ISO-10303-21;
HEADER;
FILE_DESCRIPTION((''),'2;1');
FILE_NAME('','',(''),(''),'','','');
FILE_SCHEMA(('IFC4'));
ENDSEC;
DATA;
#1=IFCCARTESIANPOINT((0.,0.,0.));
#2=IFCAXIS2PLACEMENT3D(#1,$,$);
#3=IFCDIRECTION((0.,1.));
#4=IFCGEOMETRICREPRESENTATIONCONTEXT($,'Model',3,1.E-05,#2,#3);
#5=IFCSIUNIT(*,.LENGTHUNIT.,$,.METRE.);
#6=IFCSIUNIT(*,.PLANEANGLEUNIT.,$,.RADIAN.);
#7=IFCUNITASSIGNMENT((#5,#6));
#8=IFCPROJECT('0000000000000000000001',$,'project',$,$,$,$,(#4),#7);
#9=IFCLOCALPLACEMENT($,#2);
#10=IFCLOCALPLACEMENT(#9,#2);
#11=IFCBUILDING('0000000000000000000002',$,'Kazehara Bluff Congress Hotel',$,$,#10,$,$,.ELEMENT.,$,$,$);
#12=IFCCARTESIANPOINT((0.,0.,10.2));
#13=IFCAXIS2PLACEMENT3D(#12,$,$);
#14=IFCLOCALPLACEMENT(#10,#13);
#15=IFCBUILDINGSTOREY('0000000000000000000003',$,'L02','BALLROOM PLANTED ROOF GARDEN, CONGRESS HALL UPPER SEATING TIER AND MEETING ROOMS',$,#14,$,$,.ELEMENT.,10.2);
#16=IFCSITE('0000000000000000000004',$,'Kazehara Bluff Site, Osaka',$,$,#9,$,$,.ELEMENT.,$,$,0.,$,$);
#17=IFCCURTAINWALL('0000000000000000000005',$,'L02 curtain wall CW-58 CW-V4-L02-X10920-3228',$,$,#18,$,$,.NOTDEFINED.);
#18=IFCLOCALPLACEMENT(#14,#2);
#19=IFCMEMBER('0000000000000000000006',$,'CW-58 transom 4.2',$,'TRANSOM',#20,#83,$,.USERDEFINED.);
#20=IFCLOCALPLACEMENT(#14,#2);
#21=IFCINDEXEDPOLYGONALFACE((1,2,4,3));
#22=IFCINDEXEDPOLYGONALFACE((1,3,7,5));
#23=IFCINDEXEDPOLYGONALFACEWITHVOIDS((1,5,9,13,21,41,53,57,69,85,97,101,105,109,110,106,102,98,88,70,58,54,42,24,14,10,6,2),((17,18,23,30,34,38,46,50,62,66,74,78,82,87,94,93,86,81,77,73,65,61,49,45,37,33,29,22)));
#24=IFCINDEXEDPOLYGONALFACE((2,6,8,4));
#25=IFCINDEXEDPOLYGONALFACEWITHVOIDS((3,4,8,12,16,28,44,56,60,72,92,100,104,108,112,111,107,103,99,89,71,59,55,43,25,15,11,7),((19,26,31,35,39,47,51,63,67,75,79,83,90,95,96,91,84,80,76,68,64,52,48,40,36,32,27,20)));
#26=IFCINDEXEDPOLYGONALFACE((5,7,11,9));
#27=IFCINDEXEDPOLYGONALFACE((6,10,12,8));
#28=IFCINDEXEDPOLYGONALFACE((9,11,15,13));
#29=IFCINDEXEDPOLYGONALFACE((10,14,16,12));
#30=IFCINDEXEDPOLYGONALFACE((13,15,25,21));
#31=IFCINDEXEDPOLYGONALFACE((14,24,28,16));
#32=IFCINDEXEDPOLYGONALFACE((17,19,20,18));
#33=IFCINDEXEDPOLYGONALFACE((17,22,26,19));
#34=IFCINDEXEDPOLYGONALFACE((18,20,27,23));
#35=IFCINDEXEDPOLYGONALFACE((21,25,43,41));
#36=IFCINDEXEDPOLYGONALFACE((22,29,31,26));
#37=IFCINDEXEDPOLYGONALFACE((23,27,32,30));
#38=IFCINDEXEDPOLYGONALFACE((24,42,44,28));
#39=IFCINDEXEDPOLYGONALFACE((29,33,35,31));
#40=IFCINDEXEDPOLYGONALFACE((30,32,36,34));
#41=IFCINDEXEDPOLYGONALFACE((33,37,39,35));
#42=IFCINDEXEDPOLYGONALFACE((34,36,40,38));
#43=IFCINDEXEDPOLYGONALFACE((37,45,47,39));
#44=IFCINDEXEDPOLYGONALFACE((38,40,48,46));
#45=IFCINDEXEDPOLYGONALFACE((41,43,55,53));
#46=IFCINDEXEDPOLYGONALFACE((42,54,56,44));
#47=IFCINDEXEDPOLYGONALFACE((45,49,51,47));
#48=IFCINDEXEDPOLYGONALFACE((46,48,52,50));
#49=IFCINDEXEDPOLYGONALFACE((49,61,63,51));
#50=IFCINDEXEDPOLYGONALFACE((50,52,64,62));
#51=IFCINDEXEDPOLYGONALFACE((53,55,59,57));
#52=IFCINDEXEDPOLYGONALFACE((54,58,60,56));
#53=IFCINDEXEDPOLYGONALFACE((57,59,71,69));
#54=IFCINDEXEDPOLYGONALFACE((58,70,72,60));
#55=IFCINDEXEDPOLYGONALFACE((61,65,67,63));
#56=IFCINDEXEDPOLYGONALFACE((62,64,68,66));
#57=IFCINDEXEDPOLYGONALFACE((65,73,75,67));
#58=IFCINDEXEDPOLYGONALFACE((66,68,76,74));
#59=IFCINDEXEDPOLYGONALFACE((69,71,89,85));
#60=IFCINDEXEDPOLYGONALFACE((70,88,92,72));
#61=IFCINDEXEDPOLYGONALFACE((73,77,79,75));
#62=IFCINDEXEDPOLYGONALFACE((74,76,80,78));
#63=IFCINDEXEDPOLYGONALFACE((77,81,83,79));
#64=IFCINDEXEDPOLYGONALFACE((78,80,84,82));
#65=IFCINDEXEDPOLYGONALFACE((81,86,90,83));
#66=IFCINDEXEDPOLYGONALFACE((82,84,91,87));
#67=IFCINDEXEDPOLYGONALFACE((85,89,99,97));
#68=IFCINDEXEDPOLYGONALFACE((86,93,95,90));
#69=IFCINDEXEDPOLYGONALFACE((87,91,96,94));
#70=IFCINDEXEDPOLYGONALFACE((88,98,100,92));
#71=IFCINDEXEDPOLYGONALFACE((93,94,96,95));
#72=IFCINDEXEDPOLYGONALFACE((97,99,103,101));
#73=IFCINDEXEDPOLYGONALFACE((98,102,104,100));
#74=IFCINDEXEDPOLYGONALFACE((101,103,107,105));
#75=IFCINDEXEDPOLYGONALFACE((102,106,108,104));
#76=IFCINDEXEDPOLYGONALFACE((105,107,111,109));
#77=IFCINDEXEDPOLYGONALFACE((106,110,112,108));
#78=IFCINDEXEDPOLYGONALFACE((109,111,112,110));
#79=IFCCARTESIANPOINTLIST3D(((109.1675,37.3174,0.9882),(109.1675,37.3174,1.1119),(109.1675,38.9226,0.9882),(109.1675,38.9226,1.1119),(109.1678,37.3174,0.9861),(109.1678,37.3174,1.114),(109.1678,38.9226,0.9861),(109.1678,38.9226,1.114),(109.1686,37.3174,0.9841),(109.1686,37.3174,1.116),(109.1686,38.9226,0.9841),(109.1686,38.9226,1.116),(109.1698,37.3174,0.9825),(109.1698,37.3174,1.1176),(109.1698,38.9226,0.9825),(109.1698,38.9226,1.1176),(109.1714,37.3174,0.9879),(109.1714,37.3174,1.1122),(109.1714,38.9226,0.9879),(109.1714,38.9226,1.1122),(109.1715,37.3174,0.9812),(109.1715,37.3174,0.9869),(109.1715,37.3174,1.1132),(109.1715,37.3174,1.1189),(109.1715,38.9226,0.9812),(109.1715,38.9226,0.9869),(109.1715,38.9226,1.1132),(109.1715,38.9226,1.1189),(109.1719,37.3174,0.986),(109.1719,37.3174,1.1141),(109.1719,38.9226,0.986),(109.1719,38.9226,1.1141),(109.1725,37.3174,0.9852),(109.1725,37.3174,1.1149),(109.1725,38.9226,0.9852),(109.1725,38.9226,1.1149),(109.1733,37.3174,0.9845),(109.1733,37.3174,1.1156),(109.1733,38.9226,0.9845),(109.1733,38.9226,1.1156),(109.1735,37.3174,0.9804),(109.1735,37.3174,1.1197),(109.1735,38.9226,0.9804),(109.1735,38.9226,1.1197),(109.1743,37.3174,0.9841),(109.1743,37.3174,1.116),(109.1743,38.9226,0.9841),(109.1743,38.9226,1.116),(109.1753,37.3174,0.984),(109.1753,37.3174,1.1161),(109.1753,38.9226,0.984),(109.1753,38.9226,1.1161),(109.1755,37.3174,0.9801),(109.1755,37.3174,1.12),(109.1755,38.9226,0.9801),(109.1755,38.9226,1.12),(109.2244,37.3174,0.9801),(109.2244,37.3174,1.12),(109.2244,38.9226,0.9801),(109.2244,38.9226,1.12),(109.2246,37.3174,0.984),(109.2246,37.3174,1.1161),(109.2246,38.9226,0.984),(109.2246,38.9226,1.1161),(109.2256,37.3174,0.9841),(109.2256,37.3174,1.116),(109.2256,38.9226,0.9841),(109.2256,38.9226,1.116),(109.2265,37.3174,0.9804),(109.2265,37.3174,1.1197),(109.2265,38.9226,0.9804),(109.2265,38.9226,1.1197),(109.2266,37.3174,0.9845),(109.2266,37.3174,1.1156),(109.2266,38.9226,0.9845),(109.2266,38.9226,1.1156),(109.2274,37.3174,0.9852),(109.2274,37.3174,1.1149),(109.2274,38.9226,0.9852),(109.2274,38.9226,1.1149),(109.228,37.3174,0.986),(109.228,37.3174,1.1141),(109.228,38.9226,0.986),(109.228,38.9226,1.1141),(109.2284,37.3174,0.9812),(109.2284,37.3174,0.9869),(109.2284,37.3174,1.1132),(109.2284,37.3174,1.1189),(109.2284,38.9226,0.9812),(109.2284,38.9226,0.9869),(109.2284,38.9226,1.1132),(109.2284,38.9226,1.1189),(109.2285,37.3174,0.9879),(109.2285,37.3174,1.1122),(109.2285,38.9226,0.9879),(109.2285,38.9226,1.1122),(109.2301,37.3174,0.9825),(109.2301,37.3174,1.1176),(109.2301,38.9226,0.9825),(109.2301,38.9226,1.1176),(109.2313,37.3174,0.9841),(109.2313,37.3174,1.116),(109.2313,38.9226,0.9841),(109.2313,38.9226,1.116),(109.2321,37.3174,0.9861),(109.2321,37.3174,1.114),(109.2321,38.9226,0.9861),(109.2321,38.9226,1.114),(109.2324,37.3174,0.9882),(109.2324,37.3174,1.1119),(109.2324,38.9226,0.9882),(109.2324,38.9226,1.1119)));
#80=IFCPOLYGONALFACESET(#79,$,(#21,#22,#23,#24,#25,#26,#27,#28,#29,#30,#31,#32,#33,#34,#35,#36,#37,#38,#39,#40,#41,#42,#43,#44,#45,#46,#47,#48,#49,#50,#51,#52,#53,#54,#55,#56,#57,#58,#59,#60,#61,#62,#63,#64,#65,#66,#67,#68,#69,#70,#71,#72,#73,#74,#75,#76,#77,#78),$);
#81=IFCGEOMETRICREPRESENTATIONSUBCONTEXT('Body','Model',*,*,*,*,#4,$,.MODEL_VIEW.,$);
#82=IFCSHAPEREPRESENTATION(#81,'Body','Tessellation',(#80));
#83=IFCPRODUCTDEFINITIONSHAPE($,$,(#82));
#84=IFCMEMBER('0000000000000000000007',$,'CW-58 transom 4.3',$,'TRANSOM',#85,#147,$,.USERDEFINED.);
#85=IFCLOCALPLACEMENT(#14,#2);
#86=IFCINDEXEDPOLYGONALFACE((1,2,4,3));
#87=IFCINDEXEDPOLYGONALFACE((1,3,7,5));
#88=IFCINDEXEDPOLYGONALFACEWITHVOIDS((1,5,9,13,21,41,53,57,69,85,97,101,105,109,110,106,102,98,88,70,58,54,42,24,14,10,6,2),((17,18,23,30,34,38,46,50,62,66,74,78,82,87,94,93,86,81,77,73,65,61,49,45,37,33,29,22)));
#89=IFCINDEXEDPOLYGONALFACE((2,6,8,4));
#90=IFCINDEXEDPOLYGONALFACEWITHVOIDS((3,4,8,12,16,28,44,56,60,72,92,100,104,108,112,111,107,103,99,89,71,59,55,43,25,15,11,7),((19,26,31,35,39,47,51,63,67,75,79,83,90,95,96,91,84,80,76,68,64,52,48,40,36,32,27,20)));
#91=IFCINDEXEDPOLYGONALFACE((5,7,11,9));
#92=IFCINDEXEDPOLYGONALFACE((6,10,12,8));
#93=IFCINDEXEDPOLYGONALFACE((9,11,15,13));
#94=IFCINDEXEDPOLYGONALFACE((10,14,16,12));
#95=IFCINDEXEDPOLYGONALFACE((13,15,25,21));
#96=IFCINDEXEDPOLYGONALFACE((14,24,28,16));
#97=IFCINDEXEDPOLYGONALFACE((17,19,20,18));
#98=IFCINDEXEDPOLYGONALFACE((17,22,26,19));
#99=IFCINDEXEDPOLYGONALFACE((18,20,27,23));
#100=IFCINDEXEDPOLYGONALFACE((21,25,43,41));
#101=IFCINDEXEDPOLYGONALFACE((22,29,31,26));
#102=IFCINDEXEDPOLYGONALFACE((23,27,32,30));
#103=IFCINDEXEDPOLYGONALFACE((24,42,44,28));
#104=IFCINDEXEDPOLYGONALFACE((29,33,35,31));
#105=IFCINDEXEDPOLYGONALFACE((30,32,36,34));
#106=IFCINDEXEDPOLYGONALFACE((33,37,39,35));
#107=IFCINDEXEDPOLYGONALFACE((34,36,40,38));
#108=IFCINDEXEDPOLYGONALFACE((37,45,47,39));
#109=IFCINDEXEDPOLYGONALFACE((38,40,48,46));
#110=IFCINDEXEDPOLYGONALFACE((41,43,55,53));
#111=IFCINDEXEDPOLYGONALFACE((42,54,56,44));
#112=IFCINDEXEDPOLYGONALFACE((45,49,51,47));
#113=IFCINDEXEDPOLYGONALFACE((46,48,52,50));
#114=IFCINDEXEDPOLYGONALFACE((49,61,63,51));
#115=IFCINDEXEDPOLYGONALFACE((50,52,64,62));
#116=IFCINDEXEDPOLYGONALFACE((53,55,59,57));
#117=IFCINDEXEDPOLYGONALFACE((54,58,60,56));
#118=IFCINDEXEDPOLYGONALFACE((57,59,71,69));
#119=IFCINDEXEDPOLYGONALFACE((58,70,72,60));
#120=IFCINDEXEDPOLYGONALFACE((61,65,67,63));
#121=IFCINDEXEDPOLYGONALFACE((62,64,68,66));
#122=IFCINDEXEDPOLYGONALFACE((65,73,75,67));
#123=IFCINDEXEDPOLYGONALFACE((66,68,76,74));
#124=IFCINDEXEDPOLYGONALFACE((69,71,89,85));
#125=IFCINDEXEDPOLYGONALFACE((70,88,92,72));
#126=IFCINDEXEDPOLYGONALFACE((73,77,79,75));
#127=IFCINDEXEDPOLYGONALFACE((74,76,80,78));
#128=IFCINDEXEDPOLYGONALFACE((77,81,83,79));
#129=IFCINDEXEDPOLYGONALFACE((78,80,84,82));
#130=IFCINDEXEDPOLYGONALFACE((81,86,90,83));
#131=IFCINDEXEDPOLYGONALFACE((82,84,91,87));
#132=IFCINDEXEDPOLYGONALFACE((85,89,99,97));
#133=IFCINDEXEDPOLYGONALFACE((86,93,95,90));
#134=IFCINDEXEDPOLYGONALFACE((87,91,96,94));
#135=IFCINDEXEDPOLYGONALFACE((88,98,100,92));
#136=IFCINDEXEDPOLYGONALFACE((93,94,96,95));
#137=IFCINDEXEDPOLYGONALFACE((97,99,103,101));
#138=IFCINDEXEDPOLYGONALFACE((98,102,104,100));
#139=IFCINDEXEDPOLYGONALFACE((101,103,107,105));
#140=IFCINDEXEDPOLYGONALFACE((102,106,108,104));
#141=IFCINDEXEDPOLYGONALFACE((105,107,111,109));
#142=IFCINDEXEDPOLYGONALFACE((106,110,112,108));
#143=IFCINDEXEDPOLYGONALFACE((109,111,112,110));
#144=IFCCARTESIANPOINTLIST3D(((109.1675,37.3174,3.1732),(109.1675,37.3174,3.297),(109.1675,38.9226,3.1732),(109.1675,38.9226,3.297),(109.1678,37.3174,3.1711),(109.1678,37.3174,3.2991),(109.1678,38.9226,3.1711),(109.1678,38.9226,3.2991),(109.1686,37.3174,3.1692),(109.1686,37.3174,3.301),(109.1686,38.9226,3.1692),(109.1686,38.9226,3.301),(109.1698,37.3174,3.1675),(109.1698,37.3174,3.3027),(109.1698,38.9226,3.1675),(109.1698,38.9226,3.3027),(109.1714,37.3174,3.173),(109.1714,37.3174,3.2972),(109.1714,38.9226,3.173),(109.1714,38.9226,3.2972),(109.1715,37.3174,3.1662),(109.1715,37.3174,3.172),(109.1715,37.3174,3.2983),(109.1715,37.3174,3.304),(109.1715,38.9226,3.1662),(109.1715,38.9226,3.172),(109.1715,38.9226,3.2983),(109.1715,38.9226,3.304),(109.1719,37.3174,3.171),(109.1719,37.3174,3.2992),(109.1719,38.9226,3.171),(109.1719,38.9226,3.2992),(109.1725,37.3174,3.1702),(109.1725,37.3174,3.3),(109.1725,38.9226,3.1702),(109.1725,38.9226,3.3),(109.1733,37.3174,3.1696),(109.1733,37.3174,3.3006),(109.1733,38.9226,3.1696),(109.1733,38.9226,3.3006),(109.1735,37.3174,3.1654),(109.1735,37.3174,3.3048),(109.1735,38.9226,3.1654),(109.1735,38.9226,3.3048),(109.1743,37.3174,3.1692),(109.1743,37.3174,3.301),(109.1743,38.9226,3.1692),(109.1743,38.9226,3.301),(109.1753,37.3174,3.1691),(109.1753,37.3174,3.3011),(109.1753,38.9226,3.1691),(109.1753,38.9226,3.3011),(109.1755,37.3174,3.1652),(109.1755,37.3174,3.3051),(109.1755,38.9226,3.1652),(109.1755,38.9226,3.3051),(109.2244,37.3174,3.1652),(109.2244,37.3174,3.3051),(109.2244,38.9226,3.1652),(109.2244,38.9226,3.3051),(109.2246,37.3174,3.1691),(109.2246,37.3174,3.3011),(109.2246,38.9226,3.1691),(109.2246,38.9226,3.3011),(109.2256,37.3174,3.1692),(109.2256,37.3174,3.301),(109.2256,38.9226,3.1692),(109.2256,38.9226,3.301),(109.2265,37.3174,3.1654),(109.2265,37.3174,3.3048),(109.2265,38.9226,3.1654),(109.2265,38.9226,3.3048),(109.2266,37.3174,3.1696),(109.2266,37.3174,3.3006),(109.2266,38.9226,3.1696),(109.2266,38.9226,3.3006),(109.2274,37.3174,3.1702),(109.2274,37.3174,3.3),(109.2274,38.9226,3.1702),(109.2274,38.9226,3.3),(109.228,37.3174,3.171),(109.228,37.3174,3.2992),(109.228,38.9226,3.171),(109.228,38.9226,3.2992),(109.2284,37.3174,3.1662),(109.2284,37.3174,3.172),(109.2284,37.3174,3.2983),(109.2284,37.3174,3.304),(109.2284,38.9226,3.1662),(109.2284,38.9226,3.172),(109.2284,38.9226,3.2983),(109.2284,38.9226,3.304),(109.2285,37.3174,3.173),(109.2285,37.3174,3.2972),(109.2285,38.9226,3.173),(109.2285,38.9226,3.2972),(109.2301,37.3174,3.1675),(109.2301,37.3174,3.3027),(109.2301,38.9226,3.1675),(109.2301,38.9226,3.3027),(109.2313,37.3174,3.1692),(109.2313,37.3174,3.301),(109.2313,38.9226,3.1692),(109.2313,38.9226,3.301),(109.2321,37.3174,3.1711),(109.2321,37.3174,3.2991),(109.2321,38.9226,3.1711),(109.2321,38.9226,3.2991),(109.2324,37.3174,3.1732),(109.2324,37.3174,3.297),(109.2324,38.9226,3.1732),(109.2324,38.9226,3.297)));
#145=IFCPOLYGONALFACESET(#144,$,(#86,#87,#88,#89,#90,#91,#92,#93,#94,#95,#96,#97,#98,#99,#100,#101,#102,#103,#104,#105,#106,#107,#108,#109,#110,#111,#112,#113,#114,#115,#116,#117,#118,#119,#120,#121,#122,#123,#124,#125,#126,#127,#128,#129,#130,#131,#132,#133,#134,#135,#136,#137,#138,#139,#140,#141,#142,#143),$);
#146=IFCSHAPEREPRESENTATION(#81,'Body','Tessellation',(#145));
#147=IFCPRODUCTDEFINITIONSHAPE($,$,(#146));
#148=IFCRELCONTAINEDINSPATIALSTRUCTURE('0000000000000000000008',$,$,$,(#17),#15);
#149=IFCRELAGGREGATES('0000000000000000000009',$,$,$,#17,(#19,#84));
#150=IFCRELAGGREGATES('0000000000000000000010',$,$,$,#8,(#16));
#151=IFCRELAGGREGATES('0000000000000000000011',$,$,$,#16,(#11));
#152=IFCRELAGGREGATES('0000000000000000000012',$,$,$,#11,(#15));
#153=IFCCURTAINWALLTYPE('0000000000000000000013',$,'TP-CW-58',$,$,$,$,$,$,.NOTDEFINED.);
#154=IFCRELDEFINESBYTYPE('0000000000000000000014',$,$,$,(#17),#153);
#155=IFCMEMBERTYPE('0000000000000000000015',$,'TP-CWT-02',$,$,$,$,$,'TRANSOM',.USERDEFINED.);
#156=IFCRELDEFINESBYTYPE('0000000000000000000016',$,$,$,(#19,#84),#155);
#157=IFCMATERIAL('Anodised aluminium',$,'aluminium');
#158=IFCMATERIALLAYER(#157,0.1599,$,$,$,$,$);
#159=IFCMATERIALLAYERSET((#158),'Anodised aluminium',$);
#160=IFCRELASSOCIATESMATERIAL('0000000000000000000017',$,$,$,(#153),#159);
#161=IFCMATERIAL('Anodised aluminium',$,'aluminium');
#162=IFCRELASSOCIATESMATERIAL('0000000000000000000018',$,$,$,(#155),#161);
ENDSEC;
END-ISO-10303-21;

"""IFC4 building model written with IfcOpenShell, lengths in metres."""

from ifc_helpers import new_model, si_unit, direction, frame, origin, origin_2d, place, context, subcontext, project, spatial, hollow_rectangle, extrude, material, layer, layer_set, material_profile, profile_set, type_object, element, aggregate, save


model = new_model("IFC4")

# Units and contexts
model_context = context("Model", 3, precision=1e-05, world=origin(), true_north=direction((0.0, 1.0)))
body_context = subcontext(model_context, "Body", "Model", "MODEL_VIEW")
ifc_project = project(units=[si_unit("LENGTHUNIT", "METRE"), si_unit("PLANEANGLEUNIT", "RADIAN")], contexts=[model_context])

# Site, building, storey
site_placement = place(None, origin())
site = spatial("IfcSite", under=ifc_project, at=site_placement, Name="Kazehara Bluff Site, Osaka", CompositionType="ELEMENT", RefElevation=0.0)
building_placement = place(site_placement, origin())
building = spatial("IfcBuilding", under=site, at=building_placement, Name="Kazehara Bluff Congress Hotel", CompositionType="ELEMENT")
storey_placement = place(building_placement, frame((0.0, 0.0, 10.2)))
storey = spatial("IfcBuildingStorey", under=building, at=storey_placement, Name="L02", Description="BALLROOM PLANTED ROOF GARDEN, CONGRESS HALL UPPER SEATING TIER AND MEETING ROOMS", CompositionType="ELEMENT", Elevation=10.2)

# Curtain wall, members
ifc_material_1 = material(Name="Anodised aluminium", Category="aluminium")
ifc_layer_1 = layer(ifc_material_1, 0.1599)
ifc_layer_set_1 = layer_set([ifc_layer_1], Name="Anodised aluminium")
curtain_wall_type = type_object("IfcCurtainWallType", Name="TP-CW-58", PredefinedType="NOTDEFINED", material=ifc_layer_set_1)
curtain_wall_placement = place(storey_placement, origin())
curtain_wall = element("IfcCurtainWall", 1, at=curtain_wall_placement, inside=storey, type_object=curtain_wall_type, Name="L02 curtain wall CW-58 CW-V4-L02-X10920-3228", PredefinedType="NOTDEFINED")
ifc_material_2 = material(Name="Anodised aluminium", Category="aluminium")
ifc_material_profile_1 = material_profile(ifc_material_2, hollow_rectangle(XDim=0.0649, YDim=0.1399, WallThickness=0.0039, InnerFilletRadius=0.0039, OuterFilletRadius=0.0081, at=origin_2d()))
ifc_profile_set_1 = profile_set([ifc_material_profile_1], Name="Anodised aluminium")
member_type_1 = type_object("IfcMemberType", Name="TP-CWT-02", ElementType="TRANSOM", PredefinedType="USERDEFINED", material=ifc_profile_set_1)
member_1_placement = place(storey_placement, frame((109.2, 37.3174, 1.05), z_axis=(0.0, 1.0, 0.0), x_axis=(-1.0, 0.0, 0.0)))
member_1 = element("IfcMember", 2, at=member_1_placement, type_object=member_type_1, Name="CW-58 transom 4.2", ObjectType="TRANSOM", PredefinedType="USERDEFINED", context=body_context, shape_type="SweptSolid", body=[
    extrude(hollow_rectangle(XDim=0.0649, YDim=0.1399, WallThickness=0.0039, InnerFilletRadius=0.0039, OuterFilletRadius=0.0081, at=origin_2d()), origin(), (0.0, 0.0, 1.0), 1.6052),
])
member_2_placement = place(storey_placement, frame((109.2, 37.3174, 3.2351), z_axis=(0.0, 1.0, 0.0), x_axis=(-1.0, 0.0, 0.0)))
member_2 = element("IfcMember", 3, at=member_2_placement, type_object=member_type_1, Name="CW-58 transom 4.3", ObjectType="TRANSOM", PredefinedType="USERDEFINED", context=body_context, shape_type="SweptSolid", body=[
    extrude(hollow_rectangle(XDim=0.0649, YDim=0.1399, WallThickness=0.0039, InnerFilletRadius=0.0039, OuterFilletRadius=0.0081, at=origin_2d()), origin(), (0.0, 0.0, 1.0), 1.6052),
])

aggregate(curtain_wall, [member_1, member_2])

save(model, "model.ifc")
